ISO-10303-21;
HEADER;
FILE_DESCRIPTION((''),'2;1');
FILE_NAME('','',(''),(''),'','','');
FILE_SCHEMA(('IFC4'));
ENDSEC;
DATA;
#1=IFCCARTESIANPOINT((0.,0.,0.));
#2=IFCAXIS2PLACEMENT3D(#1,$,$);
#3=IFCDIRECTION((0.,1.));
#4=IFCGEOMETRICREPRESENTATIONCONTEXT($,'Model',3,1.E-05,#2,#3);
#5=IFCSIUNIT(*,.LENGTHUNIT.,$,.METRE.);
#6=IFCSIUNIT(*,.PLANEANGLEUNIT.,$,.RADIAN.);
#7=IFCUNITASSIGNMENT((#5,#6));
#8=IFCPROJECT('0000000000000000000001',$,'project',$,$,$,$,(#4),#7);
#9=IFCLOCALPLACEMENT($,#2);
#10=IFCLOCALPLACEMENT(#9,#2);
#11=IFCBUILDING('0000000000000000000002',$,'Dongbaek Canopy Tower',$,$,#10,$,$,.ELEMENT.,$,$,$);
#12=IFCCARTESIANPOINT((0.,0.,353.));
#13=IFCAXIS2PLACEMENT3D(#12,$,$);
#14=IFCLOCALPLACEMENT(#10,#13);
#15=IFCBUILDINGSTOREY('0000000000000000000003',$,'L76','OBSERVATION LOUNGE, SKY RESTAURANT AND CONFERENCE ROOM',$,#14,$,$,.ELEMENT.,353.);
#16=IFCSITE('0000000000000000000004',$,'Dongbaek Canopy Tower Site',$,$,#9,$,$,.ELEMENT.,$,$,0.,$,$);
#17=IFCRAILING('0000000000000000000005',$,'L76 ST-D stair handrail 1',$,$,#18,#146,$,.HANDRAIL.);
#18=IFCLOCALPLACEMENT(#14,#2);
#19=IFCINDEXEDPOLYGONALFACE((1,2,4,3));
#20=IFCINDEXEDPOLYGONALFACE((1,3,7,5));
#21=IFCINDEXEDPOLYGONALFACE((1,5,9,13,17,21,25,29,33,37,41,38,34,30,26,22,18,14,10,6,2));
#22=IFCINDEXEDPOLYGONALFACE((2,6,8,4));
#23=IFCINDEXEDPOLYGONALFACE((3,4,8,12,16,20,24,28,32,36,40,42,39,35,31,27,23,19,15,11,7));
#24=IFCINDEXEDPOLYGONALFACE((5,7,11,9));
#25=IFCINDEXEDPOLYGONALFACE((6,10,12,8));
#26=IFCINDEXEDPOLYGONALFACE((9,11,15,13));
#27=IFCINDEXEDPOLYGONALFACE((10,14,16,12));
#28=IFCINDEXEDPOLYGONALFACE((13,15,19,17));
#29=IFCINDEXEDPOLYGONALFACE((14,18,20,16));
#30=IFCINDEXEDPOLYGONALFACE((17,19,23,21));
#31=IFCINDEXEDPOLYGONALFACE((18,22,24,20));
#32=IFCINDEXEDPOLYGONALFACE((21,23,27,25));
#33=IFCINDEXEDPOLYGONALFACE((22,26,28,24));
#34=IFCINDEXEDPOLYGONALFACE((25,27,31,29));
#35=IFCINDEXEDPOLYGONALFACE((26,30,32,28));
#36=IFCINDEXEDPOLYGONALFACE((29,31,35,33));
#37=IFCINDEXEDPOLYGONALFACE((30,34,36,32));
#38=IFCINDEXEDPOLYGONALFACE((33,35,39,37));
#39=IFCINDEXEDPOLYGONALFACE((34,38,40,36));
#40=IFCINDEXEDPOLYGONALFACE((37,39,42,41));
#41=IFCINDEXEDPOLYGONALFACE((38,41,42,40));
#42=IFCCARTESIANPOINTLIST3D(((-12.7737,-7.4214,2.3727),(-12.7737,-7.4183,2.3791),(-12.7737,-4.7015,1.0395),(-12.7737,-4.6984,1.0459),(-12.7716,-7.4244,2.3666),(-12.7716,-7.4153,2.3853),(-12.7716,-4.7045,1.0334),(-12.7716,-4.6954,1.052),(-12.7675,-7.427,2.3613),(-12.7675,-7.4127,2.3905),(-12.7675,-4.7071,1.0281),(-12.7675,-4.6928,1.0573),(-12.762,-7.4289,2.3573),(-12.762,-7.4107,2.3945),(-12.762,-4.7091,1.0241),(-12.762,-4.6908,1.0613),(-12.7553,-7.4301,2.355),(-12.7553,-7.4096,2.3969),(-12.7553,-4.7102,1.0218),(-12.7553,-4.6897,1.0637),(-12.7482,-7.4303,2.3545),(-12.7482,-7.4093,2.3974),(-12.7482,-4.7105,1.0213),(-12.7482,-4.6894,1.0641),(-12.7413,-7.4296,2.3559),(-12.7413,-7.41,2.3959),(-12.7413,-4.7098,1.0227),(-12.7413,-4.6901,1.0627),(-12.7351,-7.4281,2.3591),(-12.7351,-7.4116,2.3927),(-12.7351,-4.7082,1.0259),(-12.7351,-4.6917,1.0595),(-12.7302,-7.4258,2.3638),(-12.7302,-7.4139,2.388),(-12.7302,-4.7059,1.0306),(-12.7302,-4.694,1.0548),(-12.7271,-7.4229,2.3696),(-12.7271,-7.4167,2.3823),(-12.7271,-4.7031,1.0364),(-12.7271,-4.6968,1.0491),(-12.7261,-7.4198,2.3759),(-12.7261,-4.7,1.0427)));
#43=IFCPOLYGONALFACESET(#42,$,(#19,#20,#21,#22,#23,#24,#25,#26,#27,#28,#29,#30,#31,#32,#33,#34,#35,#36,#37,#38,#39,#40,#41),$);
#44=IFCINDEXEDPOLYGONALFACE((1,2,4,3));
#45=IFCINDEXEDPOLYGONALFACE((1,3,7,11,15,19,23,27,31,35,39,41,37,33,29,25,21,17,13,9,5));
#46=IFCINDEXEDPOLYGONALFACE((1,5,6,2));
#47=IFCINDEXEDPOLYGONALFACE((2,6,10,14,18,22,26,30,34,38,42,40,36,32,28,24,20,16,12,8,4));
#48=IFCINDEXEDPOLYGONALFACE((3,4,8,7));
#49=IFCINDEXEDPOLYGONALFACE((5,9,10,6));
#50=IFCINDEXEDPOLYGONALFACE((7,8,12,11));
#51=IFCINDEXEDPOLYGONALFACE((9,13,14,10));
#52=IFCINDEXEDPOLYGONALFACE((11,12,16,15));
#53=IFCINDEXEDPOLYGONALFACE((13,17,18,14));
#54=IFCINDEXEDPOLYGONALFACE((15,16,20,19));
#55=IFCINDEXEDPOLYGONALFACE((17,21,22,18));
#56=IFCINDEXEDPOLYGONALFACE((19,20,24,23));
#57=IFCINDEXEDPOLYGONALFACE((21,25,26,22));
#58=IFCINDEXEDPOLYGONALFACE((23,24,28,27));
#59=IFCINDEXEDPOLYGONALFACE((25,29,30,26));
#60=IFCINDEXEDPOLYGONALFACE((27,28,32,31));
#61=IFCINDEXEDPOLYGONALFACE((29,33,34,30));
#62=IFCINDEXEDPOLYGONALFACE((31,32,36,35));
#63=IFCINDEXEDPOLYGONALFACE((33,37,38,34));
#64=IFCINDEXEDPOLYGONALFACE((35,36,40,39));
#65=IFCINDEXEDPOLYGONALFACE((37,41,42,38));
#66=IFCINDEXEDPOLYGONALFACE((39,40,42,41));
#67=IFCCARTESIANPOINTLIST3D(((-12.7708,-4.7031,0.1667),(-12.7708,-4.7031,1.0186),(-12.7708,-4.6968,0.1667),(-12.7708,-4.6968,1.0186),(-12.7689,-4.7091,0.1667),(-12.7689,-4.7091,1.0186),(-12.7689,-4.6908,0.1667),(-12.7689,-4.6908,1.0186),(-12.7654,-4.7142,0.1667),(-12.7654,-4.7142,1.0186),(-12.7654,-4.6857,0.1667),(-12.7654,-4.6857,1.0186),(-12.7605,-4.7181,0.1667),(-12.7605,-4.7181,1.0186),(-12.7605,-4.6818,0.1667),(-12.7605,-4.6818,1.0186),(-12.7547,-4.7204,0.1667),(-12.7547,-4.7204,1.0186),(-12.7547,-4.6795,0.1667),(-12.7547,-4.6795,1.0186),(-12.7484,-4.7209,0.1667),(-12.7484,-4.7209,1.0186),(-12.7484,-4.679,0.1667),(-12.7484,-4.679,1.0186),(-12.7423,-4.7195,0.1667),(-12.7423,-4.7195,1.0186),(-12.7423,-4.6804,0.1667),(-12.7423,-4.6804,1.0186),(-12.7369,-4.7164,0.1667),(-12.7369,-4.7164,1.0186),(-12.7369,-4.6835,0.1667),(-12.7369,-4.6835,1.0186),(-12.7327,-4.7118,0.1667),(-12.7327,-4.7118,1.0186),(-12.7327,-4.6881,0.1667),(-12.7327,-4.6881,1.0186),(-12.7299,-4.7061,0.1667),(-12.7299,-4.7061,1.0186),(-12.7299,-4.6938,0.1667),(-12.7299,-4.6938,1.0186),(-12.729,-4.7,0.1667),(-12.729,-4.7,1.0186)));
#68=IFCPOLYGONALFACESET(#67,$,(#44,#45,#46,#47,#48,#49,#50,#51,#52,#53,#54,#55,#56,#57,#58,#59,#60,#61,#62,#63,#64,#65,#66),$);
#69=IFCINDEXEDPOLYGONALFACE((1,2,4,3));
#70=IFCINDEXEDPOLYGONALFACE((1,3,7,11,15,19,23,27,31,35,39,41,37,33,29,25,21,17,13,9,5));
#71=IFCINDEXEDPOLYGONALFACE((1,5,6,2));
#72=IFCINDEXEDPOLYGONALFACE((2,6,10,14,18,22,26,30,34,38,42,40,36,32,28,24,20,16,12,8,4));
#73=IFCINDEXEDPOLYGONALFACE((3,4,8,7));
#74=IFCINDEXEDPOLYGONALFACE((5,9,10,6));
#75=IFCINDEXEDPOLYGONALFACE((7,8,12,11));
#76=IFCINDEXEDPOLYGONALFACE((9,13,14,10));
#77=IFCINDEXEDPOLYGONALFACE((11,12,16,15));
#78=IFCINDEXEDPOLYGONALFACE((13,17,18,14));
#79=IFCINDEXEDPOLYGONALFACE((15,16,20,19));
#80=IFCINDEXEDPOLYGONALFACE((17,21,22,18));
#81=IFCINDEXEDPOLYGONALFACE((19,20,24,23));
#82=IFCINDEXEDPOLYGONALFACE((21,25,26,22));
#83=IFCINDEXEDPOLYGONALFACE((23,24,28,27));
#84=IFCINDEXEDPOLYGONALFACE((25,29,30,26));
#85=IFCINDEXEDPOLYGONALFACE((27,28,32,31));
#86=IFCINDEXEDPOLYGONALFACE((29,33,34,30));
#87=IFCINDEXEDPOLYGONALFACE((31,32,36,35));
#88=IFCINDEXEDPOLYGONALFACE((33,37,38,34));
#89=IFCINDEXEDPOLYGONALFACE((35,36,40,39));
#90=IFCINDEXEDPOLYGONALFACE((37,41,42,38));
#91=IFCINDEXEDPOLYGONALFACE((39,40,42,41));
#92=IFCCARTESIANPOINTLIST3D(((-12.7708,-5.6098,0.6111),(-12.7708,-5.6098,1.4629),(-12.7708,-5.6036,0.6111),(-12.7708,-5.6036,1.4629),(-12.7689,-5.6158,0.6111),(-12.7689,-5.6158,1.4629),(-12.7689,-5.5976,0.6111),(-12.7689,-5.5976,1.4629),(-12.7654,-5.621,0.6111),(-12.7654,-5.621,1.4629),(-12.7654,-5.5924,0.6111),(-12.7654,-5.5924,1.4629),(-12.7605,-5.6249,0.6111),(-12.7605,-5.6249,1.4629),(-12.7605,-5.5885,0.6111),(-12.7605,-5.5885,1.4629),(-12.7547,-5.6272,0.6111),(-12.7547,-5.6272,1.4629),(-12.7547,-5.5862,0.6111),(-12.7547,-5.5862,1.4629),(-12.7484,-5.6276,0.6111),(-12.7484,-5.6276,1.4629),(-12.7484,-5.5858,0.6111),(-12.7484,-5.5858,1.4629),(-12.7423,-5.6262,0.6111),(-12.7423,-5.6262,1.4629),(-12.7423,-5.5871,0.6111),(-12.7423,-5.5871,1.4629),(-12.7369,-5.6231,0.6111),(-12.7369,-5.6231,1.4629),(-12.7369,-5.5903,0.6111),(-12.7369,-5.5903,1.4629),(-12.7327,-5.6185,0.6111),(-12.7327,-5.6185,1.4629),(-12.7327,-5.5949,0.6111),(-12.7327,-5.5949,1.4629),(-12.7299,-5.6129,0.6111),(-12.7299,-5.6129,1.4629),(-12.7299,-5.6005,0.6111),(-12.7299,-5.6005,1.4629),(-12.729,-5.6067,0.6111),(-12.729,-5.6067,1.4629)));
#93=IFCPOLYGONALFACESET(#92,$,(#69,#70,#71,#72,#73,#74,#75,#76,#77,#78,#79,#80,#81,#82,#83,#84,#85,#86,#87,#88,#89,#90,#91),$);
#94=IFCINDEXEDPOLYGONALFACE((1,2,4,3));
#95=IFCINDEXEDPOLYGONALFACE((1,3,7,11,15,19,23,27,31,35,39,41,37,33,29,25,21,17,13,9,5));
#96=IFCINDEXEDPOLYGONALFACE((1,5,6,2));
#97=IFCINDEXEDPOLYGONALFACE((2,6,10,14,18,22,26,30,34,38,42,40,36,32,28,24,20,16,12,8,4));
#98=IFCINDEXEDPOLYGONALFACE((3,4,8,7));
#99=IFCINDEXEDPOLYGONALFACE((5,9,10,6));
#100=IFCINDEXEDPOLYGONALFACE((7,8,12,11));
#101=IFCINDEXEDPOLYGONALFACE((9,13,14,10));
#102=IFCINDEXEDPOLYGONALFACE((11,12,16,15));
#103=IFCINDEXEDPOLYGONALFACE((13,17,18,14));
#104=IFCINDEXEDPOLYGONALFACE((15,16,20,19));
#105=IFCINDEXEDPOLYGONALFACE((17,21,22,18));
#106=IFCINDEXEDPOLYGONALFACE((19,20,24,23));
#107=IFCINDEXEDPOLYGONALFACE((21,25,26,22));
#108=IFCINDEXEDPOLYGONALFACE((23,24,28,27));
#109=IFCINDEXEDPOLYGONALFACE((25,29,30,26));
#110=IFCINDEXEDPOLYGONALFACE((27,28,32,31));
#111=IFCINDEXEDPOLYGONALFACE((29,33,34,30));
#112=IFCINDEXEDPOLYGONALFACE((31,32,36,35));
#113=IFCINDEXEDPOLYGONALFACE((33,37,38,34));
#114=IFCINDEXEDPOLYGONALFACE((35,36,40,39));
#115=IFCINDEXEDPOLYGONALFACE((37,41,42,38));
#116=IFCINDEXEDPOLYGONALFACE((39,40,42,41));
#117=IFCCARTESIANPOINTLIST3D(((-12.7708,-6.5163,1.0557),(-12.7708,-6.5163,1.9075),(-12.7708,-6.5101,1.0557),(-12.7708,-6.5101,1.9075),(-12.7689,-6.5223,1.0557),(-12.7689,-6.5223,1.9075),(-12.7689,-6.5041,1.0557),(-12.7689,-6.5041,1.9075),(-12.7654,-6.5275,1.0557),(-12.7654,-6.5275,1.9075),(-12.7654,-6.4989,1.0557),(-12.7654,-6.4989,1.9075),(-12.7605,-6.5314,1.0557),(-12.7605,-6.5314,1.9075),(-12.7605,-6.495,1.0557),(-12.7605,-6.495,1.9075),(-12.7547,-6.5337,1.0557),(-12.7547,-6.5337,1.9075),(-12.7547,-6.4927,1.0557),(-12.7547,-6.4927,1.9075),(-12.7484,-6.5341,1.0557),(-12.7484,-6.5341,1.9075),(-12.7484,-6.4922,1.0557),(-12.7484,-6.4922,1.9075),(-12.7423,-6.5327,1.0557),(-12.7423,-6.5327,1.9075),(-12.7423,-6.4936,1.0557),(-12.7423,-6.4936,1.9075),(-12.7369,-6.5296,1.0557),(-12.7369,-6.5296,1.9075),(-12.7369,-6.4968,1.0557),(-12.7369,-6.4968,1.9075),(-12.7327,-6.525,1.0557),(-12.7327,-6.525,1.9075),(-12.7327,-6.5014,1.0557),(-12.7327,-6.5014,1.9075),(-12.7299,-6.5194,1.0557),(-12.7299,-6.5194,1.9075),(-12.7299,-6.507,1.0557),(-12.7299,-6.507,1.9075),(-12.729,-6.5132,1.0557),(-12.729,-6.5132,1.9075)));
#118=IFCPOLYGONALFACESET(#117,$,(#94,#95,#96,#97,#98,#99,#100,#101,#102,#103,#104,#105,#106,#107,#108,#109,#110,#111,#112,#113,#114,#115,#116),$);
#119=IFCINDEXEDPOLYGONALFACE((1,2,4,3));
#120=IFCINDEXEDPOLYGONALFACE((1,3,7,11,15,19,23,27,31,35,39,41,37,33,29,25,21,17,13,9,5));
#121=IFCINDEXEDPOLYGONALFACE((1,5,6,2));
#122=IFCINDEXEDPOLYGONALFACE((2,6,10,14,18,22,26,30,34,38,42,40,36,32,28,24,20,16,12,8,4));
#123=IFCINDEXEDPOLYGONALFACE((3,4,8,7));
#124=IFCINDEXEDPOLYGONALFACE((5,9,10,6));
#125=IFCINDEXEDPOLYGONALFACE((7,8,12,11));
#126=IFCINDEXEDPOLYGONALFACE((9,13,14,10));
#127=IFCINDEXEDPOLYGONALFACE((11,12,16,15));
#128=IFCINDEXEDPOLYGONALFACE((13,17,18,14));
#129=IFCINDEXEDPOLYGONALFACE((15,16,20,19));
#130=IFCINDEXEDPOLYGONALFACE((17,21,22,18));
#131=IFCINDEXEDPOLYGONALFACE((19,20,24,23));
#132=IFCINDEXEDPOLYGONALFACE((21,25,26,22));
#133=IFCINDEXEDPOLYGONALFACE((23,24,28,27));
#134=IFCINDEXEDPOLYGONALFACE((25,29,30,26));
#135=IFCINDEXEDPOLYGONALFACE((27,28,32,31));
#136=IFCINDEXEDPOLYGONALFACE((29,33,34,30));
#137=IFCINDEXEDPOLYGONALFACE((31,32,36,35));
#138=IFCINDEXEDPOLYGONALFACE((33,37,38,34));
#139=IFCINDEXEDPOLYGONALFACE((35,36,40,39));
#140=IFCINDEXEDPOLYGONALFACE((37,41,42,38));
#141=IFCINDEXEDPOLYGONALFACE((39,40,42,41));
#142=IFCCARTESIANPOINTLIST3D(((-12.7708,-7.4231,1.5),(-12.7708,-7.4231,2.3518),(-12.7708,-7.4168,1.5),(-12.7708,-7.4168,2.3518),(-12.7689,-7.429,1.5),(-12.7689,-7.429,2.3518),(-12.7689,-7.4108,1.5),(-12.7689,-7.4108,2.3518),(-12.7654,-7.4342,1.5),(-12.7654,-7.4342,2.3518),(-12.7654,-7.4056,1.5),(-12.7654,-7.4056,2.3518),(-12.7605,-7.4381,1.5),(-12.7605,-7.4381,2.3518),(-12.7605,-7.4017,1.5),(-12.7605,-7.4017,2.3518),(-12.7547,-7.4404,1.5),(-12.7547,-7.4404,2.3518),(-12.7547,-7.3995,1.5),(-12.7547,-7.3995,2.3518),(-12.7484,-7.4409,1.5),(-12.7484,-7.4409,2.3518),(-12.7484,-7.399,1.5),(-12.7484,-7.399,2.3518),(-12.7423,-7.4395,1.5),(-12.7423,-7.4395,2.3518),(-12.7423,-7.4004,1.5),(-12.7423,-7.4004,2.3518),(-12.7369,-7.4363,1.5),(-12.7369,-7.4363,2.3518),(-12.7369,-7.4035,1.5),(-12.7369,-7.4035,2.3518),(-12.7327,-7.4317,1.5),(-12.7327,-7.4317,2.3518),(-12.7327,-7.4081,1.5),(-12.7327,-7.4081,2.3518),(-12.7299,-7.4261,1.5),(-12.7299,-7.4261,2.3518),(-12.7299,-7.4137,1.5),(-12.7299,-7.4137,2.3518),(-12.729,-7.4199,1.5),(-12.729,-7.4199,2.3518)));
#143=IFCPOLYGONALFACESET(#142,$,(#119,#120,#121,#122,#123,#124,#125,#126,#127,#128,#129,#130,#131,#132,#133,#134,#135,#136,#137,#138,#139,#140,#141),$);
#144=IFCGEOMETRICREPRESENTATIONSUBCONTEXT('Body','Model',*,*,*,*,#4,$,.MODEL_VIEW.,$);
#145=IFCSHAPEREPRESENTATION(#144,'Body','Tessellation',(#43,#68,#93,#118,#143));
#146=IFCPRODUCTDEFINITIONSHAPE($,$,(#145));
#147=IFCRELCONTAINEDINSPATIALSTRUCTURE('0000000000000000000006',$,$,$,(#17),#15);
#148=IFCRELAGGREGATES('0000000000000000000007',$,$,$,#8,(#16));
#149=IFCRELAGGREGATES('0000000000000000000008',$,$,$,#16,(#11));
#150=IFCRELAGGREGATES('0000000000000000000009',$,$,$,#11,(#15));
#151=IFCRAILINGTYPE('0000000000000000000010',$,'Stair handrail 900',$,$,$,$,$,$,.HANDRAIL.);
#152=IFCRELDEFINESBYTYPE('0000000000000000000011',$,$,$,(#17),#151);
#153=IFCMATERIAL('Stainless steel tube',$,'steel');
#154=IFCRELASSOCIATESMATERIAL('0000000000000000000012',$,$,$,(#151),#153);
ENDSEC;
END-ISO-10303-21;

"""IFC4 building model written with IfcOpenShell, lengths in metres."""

from ifc_helpers import new_model, si_unit, direction, frame, origin, origin_2d, place, context, subcontext, project, spatial, circle, extrude, material, type_object, element, save


model = new_model("IFC4")

# Units and contexts
model_context = context("Model", 3, precision=1e-05, world=origin(), true_north=direction((0.0, 1.0)))
body_context = subcontext(model_context, "Body", "Model", "MODEL_VIEW")
ifc_project = project(units=[si_unit("LENGTHUNIT", "METRE"), si_unit("PLANEANGLEUNIT", "RADIAN")], contexts=[model_context])

# Site, building, storey
site_placement = place(None, origin())
site = spatial("IfcSite", under=ifc_project, at=site_placement, Name="Dongbaek Canopy Tower Site", CompositionType="ELEMENT", RefElevation=0.0)
building_placement = place(site_placement, origin())
building = spatial("IfcBuilding", under=site, at=building_placement, Name="Dongbaek Canopy Tower", CompositionType="ELEMENT")
storey_placement = place(building_placement, frame((0.0, 0.0, 353.0)))
storey = spatial("IfcBuildingStorey", under=building, at=storey_placement, Name="L76", Description="OBSERVATION LOUNGE, SKY RESTAURANT AND CONFERENCE ROOM", CompositionType="ELEMENT", Elevation=353.0)

# Railing
ifc_material_1 = material(Name="Stainless steel tube", Category="steel")
railing_type_1 = type_object("IfcRailingType", Name="Stair handrail 900", PredefinedType="HANDRAIL", material=ifc_material_1)
railing_1_placement = place(storey_placement, frame((-12.75, -4.7, 0.1667)))
element("IfcRailing", 1, at=railing_1_placement, inside=storey, type_object=railing_type_1, Name="L76 ST-D stair handrail 1", PredefinedType="HANDRAIL", context=body_context, shape_type="SweptSolid", body=[
    extrude(circle(Radius=0.0239, at=origin_2d()), frame((0.0, 0.0, 0.876), z_axis=(0.0, -0.897929, 0.440139), x_axis=(1.0, 0.0, 0.0)), (0.0, 0.0, 1.0), 3.0291),
    extrude(circle(Radius=0.021, at=origin_2d()), origin(), (0.0, 0.0, 1.0), 0.8518),
    extrude(circle(Radius=0.021, at=origin_2d()), frame((0.0, -0.9067, 0.4443)), (0.0, 0.0, 1.0), 0.8518),
    extrude(circle(Radius=0.021, at=origin_2d()), frame((0.0, -1.8132, 0.8889)), (0.0, 0.0, 1.0), 0.8518),
    extrude(circle(Radius=0.021, at=origin_2d()), frame((0.0, -2.72, 1.3333)), (0.0, 0.0, 1.0), 0.8518),
])

save(model, "model.ifc")
